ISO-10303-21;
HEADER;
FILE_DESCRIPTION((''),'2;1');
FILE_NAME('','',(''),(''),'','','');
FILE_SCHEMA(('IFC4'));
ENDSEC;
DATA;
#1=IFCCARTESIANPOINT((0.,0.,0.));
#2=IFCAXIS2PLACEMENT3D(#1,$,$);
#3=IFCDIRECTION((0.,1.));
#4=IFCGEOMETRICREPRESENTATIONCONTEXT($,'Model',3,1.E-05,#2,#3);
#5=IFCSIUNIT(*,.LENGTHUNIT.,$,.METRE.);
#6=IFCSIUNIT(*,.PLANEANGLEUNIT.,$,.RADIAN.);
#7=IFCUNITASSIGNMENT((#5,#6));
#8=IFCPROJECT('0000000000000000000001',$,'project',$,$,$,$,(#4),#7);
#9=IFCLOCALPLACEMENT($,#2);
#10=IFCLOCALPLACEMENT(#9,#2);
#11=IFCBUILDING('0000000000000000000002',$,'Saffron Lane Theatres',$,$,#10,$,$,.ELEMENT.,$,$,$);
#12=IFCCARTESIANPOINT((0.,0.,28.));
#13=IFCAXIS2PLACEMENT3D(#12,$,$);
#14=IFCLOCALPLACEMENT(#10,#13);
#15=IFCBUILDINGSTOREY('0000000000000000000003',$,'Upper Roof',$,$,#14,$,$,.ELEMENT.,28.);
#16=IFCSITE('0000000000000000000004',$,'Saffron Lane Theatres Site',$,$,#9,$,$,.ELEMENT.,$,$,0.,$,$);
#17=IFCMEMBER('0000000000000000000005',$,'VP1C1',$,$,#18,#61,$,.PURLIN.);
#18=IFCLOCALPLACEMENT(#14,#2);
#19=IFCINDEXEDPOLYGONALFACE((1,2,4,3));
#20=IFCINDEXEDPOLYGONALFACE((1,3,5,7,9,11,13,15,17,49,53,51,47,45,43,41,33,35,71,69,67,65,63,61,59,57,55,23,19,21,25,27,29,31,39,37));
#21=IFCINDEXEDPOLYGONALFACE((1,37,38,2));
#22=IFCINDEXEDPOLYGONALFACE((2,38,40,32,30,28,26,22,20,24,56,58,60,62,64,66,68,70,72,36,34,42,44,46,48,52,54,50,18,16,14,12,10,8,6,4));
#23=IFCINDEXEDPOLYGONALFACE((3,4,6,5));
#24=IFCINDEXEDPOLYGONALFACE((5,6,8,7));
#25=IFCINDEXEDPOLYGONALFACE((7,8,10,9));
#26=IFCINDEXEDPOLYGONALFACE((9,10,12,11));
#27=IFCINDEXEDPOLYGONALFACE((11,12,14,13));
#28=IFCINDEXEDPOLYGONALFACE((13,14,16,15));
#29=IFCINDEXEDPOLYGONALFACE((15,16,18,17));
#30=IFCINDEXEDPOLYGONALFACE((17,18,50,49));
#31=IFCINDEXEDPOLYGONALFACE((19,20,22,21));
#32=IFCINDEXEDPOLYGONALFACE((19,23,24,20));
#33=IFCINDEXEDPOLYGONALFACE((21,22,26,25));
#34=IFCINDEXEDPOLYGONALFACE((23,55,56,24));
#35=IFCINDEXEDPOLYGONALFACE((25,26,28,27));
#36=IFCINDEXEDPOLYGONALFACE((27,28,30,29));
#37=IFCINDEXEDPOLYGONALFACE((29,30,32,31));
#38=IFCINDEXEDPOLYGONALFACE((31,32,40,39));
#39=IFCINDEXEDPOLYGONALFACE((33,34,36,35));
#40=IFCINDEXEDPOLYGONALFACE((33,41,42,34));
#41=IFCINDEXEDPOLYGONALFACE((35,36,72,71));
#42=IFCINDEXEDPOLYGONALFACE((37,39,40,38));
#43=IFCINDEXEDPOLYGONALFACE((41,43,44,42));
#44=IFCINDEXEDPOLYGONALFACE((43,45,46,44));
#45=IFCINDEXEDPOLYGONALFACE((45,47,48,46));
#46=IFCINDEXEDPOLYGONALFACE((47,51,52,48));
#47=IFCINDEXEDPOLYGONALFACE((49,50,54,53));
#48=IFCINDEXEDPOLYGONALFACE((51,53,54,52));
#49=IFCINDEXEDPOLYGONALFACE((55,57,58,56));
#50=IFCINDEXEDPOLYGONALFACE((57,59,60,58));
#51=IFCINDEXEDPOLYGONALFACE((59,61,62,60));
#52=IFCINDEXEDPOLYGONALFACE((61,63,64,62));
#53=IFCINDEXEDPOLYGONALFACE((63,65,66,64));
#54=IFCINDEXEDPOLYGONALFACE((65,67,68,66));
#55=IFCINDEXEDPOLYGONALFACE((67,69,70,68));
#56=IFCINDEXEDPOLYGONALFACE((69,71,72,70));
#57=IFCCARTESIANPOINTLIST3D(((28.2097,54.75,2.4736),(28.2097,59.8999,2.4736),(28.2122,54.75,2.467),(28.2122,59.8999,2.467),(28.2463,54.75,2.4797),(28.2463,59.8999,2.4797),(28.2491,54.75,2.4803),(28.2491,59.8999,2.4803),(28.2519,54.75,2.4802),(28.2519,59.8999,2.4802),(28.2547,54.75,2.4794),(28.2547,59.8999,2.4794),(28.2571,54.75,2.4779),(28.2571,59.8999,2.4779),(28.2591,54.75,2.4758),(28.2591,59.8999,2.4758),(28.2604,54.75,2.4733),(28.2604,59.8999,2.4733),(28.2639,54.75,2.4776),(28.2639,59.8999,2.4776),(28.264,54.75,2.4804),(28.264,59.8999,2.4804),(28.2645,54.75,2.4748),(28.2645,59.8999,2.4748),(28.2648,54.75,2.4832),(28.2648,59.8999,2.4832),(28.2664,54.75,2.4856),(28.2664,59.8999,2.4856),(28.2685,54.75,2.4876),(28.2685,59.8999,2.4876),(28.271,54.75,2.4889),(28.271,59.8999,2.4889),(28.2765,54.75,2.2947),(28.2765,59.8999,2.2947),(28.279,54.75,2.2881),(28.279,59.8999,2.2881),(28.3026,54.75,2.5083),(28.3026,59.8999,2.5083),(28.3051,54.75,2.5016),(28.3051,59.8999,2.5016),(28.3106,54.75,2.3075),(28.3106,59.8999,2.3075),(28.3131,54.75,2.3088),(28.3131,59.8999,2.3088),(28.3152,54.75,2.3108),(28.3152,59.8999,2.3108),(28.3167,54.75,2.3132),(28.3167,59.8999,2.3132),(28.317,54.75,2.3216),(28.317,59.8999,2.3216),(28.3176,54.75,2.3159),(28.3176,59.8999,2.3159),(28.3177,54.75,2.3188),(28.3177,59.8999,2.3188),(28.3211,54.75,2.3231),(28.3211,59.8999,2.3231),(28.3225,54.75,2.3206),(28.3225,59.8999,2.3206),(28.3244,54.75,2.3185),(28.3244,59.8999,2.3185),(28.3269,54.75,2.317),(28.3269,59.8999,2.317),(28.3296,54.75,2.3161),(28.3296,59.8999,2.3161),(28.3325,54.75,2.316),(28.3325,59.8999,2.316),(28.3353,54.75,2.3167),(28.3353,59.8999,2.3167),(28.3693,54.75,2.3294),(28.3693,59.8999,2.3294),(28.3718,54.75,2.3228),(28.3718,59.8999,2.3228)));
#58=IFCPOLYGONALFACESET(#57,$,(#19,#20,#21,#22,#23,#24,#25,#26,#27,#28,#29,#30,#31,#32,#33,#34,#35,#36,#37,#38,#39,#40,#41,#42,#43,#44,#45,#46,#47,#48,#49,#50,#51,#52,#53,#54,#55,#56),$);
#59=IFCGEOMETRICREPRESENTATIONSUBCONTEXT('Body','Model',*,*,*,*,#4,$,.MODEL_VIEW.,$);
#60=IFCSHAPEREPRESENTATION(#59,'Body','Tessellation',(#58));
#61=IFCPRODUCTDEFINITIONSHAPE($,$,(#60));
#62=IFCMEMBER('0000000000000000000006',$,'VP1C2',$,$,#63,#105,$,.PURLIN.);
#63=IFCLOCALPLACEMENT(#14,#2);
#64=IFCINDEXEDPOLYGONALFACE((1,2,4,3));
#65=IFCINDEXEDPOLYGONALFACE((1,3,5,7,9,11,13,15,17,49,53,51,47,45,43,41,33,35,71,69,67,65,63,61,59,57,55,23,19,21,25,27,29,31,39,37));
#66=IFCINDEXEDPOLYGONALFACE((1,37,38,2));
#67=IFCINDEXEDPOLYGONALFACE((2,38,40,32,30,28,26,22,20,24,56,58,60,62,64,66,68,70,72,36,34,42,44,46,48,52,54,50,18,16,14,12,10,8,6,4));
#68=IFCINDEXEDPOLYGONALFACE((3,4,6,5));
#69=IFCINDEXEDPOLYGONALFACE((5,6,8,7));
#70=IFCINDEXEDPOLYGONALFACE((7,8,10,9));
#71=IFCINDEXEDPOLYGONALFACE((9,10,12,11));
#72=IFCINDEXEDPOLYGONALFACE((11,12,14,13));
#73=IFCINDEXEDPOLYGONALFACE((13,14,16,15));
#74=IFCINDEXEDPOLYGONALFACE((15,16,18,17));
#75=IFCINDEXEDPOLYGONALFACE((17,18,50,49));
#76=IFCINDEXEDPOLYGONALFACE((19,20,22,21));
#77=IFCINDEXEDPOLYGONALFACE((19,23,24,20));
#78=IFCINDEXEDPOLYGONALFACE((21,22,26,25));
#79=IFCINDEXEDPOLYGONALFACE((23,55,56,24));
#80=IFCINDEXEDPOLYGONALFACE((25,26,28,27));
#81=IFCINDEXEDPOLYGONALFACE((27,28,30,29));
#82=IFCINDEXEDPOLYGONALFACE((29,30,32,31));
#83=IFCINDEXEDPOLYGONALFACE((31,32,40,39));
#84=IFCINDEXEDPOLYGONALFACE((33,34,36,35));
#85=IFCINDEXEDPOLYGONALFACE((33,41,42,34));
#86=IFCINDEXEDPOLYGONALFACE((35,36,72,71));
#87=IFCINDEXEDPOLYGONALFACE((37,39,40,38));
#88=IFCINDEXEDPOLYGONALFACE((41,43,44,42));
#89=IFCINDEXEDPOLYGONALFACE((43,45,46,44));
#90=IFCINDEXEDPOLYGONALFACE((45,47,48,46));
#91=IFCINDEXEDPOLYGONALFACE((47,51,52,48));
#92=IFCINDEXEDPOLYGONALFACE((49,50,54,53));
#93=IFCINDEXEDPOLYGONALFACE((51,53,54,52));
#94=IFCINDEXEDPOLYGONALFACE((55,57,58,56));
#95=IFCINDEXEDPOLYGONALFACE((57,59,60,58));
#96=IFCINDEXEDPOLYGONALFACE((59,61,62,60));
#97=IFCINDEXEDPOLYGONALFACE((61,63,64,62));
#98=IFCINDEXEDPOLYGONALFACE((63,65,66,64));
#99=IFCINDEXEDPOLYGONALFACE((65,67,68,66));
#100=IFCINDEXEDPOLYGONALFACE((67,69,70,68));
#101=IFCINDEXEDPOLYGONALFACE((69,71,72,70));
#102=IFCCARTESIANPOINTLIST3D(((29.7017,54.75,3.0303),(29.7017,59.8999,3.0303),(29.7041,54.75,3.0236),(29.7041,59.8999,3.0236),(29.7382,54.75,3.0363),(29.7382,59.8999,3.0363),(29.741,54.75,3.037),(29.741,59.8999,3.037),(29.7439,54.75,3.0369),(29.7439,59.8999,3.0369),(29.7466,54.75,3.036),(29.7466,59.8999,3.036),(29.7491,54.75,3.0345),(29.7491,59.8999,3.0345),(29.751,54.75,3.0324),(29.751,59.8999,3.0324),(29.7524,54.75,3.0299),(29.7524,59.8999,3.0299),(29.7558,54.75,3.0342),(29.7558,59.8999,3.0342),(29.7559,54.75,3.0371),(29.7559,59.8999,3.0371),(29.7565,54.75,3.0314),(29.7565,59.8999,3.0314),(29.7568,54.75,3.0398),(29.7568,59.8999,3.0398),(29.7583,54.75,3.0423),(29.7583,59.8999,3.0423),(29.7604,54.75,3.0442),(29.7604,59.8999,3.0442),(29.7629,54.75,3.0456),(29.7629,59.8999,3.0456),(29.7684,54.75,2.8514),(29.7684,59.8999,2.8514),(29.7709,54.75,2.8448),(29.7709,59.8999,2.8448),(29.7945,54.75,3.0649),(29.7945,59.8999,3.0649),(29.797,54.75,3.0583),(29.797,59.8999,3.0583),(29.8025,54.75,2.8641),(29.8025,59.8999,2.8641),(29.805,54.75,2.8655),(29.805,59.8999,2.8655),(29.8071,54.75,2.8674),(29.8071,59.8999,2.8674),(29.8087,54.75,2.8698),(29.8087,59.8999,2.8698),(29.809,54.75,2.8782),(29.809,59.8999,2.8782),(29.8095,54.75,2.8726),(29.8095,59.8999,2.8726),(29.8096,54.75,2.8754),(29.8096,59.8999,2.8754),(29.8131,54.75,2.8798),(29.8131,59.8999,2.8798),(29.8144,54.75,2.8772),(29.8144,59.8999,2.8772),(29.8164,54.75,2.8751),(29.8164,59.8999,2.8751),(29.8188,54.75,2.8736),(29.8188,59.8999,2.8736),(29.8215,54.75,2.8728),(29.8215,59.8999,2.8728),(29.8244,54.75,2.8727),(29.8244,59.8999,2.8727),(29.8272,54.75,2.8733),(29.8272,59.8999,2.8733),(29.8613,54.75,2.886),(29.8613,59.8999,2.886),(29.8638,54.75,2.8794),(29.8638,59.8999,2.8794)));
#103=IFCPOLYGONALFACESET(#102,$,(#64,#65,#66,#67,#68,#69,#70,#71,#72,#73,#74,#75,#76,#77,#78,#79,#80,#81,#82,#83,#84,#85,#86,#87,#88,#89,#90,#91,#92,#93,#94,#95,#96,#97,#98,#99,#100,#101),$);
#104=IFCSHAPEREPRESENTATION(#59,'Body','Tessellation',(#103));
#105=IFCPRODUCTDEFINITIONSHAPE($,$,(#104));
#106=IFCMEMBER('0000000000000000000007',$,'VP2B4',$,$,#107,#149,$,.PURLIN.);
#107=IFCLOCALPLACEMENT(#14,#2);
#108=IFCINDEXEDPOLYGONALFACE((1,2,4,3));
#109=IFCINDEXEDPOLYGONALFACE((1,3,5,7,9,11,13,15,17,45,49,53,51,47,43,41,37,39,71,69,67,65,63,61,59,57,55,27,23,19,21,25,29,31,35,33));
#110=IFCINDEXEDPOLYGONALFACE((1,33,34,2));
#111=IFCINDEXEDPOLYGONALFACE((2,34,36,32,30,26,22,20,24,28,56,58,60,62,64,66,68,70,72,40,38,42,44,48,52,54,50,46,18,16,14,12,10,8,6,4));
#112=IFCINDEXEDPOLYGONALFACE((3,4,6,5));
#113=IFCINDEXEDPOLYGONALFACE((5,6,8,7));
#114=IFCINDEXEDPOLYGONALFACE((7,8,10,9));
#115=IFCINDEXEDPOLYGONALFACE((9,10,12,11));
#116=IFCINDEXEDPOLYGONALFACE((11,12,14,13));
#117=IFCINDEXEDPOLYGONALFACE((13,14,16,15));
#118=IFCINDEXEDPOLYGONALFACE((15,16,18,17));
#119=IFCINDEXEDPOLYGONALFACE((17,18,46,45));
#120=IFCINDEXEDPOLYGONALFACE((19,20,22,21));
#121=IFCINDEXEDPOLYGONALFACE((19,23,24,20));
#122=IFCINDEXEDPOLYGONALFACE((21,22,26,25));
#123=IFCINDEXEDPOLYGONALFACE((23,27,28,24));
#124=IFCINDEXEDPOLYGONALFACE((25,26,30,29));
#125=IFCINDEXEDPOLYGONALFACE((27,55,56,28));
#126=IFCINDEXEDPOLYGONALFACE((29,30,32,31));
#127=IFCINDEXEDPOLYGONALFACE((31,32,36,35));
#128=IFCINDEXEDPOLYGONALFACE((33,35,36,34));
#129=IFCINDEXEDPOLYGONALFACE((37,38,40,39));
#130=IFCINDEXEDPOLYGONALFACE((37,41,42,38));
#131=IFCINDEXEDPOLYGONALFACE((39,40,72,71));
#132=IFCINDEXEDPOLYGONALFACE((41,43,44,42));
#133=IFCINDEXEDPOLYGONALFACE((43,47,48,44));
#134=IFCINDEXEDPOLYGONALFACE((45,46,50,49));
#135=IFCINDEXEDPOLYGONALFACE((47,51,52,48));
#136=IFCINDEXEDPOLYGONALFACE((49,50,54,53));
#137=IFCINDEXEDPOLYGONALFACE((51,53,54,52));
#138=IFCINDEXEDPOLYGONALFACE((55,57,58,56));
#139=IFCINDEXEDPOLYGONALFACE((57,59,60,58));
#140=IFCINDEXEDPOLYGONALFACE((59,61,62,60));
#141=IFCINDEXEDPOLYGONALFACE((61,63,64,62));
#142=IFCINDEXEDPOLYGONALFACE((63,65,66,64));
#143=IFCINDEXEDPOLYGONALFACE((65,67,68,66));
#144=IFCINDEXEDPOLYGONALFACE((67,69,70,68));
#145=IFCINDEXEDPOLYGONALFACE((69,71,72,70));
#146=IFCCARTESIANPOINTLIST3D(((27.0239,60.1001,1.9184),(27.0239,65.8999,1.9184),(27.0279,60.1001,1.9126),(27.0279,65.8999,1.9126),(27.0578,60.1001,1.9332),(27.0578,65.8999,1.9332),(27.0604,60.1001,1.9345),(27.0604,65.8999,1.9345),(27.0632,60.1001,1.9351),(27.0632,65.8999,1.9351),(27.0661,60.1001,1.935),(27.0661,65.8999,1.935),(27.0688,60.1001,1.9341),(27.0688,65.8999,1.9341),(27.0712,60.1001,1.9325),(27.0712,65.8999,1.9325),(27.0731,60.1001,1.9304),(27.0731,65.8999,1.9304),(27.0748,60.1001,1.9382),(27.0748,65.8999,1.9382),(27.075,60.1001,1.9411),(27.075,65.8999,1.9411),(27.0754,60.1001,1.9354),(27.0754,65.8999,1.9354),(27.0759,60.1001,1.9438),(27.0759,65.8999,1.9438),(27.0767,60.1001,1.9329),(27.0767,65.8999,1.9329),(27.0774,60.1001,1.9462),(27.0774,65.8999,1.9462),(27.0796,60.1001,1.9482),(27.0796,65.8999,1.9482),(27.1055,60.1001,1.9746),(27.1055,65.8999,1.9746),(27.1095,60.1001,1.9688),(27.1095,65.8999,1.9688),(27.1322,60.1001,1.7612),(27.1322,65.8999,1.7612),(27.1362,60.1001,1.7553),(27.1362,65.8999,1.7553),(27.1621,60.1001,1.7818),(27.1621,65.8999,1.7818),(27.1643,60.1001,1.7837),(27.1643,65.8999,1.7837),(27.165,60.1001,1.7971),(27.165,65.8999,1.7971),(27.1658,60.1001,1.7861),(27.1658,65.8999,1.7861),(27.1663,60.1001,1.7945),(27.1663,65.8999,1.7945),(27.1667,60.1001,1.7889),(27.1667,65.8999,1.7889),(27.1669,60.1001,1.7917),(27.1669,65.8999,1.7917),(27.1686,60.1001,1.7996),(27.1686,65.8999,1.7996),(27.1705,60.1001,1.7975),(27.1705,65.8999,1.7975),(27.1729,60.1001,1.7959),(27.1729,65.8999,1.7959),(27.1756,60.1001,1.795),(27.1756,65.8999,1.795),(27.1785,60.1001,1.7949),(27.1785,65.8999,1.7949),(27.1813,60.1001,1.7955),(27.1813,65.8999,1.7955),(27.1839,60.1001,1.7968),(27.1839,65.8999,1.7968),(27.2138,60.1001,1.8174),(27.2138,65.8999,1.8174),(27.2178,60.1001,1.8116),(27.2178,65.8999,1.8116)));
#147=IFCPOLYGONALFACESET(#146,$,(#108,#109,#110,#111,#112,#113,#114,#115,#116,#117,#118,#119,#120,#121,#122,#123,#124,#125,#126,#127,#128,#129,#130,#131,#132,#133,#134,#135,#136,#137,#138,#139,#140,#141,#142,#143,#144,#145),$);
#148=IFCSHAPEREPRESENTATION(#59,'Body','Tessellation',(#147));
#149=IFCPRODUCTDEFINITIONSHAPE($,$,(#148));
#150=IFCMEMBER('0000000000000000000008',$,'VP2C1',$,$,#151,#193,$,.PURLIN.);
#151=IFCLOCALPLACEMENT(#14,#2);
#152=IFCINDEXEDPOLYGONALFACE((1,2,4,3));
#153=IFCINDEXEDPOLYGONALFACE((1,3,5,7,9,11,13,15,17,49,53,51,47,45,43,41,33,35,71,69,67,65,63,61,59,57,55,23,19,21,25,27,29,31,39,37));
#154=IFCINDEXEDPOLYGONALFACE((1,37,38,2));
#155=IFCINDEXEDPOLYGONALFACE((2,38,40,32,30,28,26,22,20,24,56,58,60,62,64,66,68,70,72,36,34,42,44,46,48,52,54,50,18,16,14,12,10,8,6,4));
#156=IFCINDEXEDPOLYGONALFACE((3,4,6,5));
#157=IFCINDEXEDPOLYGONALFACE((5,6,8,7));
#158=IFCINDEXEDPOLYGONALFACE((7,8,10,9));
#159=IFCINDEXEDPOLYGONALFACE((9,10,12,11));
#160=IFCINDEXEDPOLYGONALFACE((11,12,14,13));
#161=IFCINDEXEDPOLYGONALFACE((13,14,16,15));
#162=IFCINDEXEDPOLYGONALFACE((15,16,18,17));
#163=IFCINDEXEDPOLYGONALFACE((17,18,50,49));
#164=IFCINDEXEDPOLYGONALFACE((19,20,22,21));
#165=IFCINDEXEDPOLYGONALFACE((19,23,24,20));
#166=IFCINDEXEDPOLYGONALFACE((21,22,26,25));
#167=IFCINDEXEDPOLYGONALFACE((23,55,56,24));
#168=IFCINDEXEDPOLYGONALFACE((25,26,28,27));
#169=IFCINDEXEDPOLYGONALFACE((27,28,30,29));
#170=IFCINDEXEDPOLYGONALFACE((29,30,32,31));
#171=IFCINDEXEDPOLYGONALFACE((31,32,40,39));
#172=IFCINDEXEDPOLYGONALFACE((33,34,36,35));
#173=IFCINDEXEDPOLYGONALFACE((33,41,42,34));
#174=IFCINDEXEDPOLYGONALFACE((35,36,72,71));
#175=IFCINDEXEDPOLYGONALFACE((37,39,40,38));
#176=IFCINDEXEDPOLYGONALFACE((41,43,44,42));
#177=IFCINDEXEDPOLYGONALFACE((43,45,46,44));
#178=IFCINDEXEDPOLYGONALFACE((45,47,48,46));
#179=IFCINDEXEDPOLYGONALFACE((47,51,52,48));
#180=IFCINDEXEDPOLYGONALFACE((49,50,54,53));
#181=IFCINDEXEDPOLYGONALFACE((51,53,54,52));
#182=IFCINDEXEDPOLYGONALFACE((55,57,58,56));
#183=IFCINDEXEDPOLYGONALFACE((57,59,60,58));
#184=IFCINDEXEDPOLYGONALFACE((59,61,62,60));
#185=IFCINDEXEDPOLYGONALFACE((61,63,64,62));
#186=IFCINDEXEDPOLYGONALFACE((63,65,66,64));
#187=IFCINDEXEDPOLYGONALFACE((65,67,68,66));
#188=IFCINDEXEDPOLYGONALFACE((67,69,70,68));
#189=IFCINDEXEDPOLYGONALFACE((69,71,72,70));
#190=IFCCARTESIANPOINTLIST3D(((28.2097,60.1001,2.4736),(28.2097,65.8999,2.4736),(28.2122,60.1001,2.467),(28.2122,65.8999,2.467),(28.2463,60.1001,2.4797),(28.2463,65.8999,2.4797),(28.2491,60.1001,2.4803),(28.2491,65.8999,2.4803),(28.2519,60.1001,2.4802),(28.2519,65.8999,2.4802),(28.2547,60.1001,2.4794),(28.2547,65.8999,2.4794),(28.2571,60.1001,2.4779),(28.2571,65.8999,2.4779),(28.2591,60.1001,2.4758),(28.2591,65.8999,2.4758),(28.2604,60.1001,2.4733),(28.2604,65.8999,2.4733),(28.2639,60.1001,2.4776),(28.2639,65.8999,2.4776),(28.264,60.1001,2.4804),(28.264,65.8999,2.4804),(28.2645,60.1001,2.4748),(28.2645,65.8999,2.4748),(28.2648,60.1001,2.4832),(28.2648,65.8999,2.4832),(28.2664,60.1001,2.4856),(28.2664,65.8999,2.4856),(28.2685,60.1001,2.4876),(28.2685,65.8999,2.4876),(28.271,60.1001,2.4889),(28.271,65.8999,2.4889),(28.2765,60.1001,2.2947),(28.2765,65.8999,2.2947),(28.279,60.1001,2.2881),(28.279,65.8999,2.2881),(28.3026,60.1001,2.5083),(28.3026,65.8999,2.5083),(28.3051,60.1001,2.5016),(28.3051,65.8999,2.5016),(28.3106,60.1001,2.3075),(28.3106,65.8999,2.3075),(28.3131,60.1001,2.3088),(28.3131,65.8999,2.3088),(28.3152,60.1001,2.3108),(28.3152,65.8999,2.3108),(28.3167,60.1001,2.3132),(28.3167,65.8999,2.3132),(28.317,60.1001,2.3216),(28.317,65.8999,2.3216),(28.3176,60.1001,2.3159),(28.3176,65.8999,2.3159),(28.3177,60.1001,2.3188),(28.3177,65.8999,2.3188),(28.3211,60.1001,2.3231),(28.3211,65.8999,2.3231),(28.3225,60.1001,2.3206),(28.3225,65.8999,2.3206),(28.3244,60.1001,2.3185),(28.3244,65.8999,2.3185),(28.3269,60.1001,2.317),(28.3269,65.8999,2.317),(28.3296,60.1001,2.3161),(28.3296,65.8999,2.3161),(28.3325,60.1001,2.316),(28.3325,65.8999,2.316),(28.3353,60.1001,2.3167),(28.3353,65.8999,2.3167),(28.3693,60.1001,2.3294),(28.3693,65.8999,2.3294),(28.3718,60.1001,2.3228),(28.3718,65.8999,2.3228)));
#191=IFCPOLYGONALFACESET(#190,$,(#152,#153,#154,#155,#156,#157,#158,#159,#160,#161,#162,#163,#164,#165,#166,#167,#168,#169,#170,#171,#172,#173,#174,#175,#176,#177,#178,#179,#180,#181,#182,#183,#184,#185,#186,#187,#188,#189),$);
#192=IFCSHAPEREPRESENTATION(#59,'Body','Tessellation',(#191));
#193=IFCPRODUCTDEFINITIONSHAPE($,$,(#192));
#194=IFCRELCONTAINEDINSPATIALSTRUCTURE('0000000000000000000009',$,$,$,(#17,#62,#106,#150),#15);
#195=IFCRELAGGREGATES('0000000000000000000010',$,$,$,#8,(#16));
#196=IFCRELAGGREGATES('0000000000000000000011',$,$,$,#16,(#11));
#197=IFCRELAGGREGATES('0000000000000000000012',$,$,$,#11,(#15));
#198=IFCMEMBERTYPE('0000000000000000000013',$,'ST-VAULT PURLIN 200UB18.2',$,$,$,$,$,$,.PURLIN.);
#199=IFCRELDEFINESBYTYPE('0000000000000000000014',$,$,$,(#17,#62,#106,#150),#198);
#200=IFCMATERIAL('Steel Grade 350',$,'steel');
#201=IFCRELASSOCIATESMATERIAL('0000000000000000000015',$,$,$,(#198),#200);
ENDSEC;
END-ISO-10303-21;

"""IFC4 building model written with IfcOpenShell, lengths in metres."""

from ifc_helpers import new_model, si_unit, direction, frame, origin, origin_2d, place, context, subcontext, project, spatial, i_section, extrude, material, material_profile, profile_set, type_object, element, save


model = new_model("IFC4")

# Units and contexts
model_context = context("Model", 3, precision=1e-05, world=origin(), true_north=direction((0.0, 1.0)))
body_context = subcontext(model_context, "Body", "Model", "MODEL_VIEW")
ifc_project = project(units=[si_unit("LENGTHUNIT", "METRE"), si_unit("PLANEANGLEUNIT", "RADIAN")], contexts=[model_context])

# Site, building, storey
site_placement = place(None, origin())
site = spatial("IfcSite", under=ifc_project, at=site_placement, Name="Saffron Lane Theatres Site", CompositionType="ELEMENT", RefElevation=0.0)
building_placement = place(site_placement, origin())
building = spatial("IfcBuilding", under=site, at=building_placement, Name="Saffron Lane Theatres", CompositionType="ELEMENT")
storey_placement = place(building_placement, frame((0.0, 0.0, 28.0)))
storey = spatial("IfcBuildingStorey", under=building, at=storey_placement, Name="Upper Roof", CompositionType="ELEMENT", Elevation=28.0)

# Members
ifc_material_1 = material(Name="Steel Grade 350", Category="steel")
ifc_material_profile_1 = material_profile(ifc_material_1, i_section(OverallWidth=0.0991, OverallDepth=0.198, WebThickness=0.0044, FlangeThickness=0.0071, FilletRadius=0.011, at=origin_2d()))
ifc_profile_set_1 = profile_set([ifc_material_profile_1], Name="Steel Grade 350")
member_type_1 = type_object("IfcMemberType", Name="ST-VAULT PURLIN 200UB18.2", PredefinedType="PURLIN", material=ifc_profile_set_1)
for number, where, z_axis, x_axis, name in (
    (1, (28.2908, 54.75, 2.3982), (0.0, 1.0, 0.0), (0.93689, 0.0, 0.349624), "VP1C1"),
    (2, (29.7827, 54.75, 2.9548), (0.0, 1.0, 0.0), (0.93689, 0.0, 0.349624), "VP1C2"),
):
    element("IfcMember", number, at=place(storey_placement, frame(where, z_axis=z_axis, x_axis=x_axis)), inside=storey, type_object=member_type_1, Name=name, PredefinedType="PURLIN", context=body_context, shape_type="SweptSolid", body=[
        extrude(i_section(OverallWidth=0.0991, OverallDepth=0.198, WebThickness=0.0044, FlangeThickness=0.0071, FilletRadius=0.011, at=origin_2d()), origin(), (0.0, 0.0, 1.0), 5.1499),
    ])
for number, where, z_axis, x_axis, name in (
    (3, (27.1208, 60.1001, 1.865), (0.0, 1.0, 0.0), (0.823487, 0.0, 0.567335), "VP2B4"),
    (4, (28.2908, 60.1001, 2.3982), (0.0, 1.0, 0.0), (0.93689, 0.0, 0.349624), "VP2C1"),
):
    element("IfcMember", number, at=place(storey_placement, frame(where, z_axis=z_axis, x_axis=x_axis)), inside=storey, type_object=member_type_1, Name=name, PredefinedType="PURLIN", context=body_context, shape_type="SweptSolid", body=[
        extrude(i_section(OverallWidth=0.0991, OverallDepth=0.198, WebThickness=0.0044, FlangeThickness=0.0071, FilletRadius=0.011, at=origin_2d()), origin(), (0.0, 0.0, 1.0), 5.7998),
    ])

save(model, "model.ifc")
